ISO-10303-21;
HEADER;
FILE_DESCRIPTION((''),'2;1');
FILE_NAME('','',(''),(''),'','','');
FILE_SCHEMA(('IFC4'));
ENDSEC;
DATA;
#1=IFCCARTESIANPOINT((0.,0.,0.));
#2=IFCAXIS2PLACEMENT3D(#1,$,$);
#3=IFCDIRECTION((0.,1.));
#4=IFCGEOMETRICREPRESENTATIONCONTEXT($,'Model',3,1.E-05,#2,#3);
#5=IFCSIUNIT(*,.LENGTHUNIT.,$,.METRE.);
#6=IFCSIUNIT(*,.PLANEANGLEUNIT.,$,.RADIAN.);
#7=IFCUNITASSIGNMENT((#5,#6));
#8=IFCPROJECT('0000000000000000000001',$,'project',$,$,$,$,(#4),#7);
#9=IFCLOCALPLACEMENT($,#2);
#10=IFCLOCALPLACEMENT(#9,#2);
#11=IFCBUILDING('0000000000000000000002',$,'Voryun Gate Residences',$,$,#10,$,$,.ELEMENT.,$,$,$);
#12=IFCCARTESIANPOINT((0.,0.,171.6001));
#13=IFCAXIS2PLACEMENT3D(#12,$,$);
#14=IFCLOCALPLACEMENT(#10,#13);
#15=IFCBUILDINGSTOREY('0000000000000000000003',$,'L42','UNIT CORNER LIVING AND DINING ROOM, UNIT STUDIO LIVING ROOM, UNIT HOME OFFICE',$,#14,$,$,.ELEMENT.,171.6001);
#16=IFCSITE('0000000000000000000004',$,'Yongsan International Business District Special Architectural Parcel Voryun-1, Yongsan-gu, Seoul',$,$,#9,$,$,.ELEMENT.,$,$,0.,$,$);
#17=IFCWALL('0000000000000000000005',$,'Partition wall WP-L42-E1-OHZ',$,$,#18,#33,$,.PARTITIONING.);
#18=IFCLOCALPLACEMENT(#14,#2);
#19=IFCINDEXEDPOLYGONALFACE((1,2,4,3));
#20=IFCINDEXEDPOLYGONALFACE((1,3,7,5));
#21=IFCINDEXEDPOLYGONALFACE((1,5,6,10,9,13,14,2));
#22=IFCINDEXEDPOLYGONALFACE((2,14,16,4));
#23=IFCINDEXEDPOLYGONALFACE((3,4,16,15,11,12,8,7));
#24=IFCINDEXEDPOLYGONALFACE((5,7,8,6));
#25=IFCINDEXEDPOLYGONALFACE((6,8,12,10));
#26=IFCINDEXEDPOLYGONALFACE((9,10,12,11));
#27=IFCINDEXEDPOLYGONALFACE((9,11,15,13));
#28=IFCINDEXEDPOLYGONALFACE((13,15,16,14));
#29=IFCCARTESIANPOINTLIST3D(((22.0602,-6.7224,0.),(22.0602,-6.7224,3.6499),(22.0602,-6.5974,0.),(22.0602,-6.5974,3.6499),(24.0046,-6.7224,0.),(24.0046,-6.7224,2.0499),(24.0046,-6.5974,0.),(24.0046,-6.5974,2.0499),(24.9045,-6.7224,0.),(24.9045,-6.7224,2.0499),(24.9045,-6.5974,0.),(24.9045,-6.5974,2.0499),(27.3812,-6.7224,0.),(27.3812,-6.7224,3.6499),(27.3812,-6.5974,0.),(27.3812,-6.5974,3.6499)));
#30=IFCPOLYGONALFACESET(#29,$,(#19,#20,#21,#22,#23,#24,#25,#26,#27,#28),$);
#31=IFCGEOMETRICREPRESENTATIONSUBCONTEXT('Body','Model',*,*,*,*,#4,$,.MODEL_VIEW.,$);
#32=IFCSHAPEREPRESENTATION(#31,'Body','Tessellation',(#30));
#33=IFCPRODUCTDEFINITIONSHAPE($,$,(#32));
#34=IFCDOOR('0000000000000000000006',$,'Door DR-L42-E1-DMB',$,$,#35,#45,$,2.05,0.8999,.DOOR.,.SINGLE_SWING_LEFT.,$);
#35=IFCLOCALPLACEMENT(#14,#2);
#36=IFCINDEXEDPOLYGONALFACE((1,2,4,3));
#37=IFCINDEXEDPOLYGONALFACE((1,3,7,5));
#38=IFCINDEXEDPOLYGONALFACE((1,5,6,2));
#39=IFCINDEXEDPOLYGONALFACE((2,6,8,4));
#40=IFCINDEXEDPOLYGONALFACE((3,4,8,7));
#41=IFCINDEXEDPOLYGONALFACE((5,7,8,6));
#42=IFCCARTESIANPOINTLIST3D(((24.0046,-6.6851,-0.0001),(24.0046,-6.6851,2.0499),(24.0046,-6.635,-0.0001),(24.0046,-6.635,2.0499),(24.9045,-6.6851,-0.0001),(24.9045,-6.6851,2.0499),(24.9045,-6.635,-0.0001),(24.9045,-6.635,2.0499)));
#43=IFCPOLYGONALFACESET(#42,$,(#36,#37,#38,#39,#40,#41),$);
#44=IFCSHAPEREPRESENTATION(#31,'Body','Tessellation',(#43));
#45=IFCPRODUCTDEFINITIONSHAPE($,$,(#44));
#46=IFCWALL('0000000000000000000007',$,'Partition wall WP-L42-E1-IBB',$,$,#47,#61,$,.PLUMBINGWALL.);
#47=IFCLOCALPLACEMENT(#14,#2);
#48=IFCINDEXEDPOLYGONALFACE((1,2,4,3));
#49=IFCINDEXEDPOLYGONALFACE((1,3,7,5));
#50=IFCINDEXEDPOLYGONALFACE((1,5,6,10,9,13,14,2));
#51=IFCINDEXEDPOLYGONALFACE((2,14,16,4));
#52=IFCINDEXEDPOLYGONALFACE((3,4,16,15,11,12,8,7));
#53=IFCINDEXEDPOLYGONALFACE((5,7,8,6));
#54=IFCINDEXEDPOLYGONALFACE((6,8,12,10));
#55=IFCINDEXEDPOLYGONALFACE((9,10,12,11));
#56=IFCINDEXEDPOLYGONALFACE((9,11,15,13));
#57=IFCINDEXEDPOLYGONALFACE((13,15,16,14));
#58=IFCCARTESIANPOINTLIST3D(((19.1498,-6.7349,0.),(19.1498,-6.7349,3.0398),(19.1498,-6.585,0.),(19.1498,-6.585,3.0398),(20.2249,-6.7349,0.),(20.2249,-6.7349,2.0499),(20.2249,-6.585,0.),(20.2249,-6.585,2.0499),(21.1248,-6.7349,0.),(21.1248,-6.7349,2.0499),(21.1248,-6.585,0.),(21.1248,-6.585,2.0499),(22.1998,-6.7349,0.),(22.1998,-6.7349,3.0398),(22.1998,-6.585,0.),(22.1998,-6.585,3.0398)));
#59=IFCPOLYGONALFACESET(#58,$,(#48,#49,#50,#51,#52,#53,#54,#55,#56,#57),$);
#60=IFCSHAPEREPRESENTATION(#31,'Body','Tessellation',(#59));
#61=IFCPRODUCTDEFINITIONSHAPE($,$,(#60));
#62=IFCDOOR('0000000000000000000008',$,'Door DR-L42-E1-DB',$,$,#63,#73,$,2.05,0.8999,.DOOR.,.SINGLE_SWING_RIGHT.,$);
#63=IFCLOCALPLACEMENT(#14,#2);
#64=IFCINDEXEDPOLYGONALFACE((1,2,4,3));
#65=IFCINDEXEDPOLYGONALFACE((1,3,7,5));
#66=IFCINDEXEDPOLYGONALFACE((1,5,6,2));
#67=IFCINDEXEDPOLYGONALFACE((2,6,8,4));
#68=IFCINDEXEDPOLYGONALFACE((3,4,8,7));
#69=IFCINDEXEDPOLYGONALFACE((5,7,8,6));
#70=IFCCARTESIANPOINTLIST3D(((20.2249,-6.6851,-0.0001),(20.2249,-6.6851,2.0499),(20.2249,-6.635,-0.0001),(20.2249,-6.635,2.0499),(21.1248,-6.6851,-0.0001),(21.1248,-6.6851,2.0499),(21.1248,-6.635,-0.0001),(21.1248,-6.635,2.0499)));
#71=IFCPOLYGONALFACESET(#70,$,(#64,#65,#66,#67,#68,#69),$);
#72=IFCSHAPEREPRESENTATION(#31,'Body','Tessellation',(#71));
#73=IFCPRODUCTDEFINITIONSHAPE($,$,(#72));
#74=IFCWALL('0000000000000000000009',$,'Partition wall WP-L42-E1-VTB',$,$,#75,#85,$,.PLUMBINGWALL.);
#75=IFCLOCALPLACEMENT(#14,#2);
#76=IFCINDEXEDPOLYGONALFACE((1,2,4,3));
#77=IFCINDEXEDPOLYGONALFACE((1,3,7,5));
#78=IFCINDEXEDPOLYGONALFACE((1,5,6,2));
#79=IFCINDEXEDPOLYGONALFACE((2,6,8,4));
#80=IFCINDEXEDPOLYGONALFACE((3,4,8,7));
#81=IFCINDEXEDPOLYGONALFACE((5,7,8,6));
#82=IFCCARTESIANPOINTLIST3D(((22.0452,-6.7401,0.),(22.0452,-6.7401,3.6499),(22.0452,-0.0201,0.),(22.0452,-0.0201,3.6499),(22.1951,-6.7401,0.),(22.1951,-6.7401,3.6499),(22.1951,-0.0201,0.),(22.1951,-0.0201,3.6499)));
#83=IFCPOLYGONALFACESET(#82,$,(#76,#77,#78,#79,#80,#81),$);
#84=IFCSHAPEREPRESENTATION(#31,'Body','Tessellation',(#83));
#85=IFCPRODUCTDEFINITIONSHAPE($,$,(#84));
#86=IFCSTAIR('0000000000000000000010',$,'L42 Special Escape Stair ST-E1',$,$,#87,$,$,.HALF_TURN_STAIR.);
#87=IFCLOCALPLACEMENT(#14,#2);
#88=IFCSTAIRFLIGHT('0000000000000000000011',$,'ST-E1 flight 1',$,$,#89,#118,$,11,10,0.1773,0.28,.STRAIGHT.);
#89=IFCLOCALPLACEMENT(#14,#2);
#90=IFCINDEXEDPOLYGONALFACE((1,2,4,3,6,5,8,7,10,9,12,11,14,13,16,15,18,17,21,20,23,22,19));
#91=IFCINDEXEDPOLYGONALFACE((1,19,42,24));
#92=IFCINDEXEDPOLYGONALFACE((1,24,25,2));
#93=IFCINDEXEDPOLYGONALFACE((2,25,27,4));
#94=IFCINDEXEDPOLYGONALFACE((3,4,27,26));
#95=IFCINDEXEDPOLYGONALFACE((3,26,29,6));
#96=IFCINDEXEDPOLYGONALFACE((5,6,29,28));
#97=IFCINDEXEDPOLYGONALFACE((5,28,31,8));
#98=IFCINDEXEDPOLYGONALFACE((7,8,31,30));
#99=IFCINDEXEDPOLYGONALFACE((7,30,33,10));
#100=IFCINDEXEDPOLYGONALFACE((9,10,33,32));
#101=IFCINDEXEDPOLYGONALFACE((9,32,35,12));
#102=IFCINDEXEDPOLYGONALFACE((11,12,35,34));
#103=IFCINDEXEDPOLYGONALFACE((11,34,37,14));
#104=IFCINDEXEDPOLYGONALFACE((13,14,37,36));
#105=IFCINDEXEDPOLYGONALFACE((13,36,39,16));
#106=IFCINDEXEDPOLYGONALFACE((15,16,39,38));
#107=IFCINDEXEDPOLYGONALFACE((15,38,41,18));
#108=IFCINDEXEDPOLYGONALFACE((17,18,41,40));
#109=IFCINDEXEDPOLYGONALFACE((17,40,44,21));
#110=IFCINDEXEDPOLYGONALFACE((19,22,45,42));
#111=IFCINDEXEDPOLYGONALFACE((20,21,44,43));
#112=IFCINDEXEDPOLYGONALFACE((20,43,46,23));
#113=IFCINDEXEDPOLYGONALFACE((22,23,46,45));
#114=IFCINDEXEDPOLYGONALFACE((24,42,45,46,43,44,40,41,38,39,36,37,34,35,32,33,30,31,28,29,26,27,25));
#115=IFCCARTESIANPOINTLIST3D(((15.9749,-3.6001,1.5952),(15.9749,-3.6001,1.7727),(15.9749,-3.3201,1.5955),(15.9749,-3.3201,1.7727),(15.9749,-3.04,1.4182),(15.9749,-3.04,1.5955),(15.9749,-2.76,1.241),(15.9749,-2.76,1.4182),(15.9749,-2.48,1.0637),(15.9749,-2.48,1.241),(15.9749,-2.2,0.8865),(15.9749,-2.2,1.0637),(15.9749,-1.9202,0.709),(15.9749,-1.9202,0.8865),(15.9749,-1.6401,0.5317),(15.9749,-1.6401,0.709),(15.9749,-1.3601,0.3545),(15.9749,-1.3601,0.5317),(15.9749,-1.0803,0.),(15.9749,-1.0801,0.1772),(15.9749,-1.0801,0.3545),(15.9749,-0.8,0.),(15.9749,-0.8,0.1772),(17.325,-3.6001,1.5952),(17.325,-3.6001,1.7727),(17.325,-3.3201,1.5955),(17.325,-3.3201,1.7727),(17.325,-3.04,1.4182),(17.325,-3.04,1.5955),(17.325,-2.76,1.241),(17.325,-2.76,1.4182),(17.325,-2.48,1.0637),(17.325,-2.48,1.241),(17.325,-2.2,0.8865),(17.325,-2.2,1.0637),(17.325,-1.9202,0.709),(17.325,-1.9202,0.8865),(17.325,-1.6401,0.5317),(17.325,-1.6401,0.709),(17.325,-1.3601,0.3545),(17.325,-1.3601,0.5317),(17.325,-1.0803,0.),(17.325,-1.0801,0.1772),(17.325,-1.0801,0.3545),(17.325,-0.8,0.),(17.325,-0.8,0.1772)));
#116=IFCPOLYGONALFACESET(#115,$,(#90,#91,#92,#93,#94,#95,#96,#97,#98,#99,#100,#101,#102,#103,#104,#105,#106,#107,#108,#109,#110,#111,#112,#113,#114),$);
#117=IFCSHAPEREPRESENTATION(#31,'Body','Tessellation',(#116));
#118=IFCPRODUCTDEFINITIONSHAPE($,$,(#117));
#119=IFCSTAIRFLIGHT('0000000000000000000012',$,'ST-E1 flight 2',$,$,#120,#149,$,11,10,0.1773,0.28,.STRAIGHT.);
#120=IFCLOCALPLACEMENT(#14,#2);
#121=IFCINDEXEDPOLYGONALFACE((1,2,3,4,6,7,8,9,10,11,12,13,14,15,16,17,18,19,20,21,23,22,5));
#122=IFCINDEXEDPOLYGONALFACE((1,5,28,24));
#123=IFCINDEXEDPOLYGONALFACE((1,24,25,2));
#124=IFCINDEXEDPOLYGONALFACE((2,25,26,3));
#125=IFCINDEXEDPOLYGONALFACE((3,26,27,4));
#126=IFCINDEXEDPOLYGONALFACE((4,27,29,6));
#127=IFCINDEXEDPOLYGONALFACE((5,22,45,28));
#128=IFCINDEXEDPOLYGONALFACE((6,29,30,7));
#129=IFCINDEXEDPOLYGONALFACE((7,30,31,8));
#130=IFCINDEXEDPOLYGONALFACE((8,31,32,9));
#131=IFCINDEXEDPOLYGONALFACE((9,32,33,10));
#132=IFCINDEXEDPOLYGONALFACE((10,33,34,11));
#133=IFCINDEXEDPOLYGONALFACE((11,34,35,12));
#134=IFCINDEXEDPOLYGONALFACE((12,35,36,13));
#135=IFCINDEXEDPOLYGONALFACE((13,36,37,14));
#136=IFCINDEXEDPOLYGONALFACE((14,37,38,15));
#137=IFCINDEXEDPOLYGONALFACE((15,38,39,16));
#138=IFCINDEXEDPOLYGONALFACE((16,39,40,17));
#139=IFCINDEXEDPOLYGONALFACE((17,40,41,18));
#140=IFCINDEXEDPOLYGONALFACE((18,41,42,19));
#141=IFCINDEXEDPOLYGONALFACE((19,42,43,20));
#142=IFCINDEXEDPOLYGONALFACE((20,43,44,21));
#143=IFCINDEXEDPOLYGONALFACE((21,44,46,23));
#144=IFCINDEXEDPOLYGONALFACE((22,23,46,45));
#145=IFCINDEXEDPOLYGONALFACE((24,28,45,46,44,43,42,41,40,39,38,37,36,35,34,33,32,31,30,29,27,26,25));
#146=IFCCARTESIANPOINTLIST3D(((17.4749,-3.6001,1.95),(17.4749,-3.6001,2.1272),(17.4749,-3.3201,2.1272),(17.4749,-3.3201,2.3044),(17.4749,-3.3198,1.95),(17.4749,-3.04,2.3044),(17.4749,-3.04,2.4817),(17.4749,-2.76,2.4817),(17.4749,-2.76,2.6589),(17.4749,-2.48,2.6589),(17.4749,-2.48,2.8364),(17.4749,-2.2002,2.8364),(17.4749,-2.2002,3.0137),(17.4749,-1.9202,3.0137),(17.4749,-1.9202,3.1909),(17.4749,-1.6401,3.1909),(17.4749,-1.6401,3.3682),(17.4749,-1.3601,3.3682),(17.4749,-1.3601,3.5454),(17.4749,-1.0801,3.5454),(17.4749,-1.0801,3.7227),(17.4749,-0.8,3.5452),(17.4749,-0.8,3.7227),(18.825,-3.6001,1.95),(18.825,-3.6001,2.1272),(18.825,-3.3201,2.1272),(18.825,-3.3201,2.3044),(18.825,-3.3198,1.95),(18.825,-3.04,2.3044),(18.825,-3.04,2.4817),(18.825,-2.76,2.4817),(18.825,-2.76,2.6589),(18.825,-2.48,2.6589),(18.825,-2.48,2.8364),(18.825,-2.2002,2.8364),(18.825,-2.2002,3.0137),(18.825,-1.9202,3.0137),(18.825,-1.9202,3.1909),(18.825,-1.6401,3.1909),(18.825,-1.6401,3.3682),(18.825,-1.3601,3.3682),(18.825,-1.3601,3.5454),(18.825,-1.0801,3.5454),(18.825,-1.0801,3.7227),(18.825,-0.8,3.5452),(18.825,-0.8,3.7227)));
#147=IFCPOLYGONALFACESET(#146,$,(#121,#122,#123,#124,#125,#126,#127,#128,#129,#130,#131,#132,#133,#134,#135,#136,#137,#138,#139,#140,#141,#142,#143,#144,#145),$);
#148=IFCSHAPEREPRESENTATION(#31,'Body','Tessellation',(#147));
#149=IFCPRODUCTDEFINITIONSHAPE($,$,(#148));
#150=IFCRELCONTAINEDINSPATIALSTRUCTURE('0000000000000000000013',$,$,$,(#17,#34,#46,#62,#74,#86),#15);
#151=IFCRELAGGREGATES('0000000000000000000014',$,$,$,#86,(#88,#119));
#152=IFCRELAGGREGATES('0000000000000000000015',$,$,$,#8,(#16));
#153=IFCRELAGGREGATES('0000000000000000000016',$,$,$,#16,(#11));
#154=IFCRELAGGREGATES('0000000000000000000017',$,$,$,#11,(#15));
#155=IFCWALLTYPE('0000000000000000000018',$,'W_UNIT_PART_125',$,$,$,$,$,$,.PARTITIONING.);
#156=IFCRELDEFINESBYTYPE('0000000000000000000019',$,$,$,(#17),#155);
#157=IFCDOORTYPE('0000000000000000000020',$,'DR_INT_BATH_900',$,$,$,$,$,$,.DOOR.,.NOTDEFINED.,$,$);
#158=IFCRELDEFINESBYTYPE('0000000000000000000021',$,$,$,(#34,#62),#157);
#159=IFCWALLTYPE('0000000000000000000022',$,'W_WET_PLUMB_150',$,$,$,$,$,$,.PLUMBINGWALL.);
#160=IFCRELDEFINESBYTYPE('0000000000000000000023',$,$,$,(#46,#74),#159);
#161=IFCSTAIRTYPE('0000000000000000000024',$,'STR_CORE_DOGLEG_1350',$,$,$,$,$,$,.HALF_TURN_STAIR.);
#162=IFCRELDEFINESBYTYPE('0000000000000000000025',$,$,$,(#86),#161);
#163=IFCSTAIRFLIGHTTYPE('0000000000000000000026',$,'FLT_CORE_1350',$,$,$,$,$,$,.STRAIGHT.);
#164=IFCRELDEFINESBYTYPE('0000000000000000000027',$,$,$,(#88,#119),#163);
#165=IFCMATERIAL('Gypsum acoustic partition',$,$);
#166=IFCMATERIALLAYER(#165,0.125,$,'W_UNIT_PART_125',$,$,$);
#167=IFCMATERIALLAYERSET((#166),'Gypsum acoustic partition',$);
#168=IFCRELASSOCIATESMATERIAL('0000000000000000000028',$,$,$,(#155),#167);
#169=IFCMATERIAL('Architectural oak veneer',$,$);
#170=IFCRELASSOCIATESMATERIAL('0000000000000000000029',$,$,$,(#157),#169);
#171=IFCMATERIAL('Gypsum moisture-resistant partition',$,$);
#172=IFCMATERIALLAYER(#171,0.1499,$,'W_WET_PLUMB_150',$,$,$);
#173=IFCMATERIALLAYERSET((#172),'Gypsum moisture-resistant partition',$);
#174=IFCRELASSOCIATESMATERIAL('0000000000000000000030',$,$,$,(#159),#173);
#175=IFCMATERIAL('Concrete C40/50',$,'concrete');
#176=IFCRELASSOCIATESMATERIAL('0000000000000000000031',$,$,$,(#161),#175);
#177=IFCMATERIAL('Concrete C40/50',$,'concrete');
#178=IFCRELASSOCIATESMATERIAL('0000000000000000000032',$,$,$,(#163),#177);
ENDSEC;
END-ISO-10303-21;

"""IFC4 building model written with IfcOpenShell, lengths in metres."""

from ifc_helpers import new_model, si_unit, direction, frame, frame_2d, origin, place, context, subcontext, project, spatial, polyline, rectangle, outline, extrude, material, layer, layer_set, type_object, element, fill, aggregate, save


model = new_model("IFC4")

# Units and contexts
model_context = context("Model", 3, precision=1e-05, world=origin(), true_north=direction((0.0, 1.0)))
body_context = subcontext(model_context, "Body", "Model", "MODEL_VIEW")
ifc_project = project(units=[si_unit("LENGTHUNIT", "METRE"), si_unit("PLANEANGLEUNIT", "RADIAN")], contexts=[model_context])

# Site, building, storey
site_placement = place(None, origin())
site = spatial("IfcSite", under=ifc_project, at=site_placement, Name="Yongsan International Business District Special Architectural Parcel Voryun-1, Yongsan-gu, Seoul", CompositionType="ELEMENT", RefElevation=0.0)
building_placement = place(site_placement, origin())
building = spatial("IfcBuilding", under=site, at=building_placement, Name="Voryun Gate Residences", CompositionType="ELEMENT")
storey_placement = place(building_placement, frame((0.0, 0.0, 171.6001)))
storey = spatial("IfcBuildingStorey", under=building, at=storey_placement, Name="L42", Description="UNIT CORNER LIVING AND DINING ROOM, UNIT STUDIO LIVING ROOM, UNIT HOME OFFICE", CompositionType="ELEMENT", Elevation=171.6001)

# Walls, openings, doors
ifc_material_1 = material(Name="Gypsum acoustic partition")
ifc_layer_1 = layer(ifc_material_1, 0.125, Name="W_UNIT_PART_125")
ifc_layer_set_1 = layer_set([ifc_layer_1], Name="Gypsum acoustic partition")
wall_type_1 = type_object("IfcWallType", Name="W_UNIT_PART_125", PredefinedType="PARTITIONING", material=ifc_layer_set_1)
wall_1_placement = place(storey_placement, frame((22.0601, -6.6599, 0.0), z_axis=(0.0, 0.0, 1.0), x_axis=(1.0, 0.0, 0.0)))
wall_1 = element("IfcWall", 1, at=wall_1_placement, inside=storey, type_object=wall_type_1, Name="Partition wall WP-L42-E1-OHZ", PredefinedType="PARTITIONING", context=body_context, shape_type="SweptSolid", body=[
    extrude(rectangle(XDim=5.321, YDim=0.125, at=frame_2d((2.6606, 0.0))), origin(), (0.0, 0.0, 1.0), 3.6499),
])
opening_1_placement = place(wall_1_placement, frame((1.9446, 0.0, 0.0)))
opening_1 = element("IfcOpeningElement", 2, at=opening_1_placement, cuts=wall_1, PredefinedType="OPENING", context=body_context, shape_type="SweptSolid", body=[
    extrude(rectangle(XDim=0.8999, YDim=2.05, at=frame_2d((0.45, 1.0249))), frame((0.0, 0.0725, 0.0), z_axis=(0.0, -1.0, 0.0), x_axis=(1.0, 0.0, 0.0)), (0.0, 0.0, 1.0), 0.145),
])
ifc_material_2 = material(Name="Architectural oak veneer")
door_type = type_object("IfcDoorType", Name="DR_INT_BATH_900", OperationType="NOTDEFINED", PredefinedType="DOOR", material=ifc_material_2)
door_1_placement = place(opening_1_placement, origin())
door_1 = element("IfcDoor", 3, at=door_1_placement, inside=storey, type_object=door_type, Name="Door DR-L42-E1-DMB", OperationType="SINGLE_SWING_LEFT", OverallHeight=2.05, OverallWidth=0.8999, PredefinedType="DOOR", context=body_context, shape_type="SweptSolid", body=[
    extrude(rectangle(XDim=0.8999, YDim=2.05, at=frame_2d((0.45, 1.0249))), frame((0.0, 0.0249, 0.0), z_axis=(0.0, -1.0, 0.0), x_axis=(1.0, 0.0, 0.0)), (0.0, 0.0, 1.0), 0.05),
])
fill(opening_1, door_1)
ifc_material_3 = material(Name="Gypsum moisture-resistant partition")
ifc_layer_2 = layer(ifc_material_3, 0.1499, Name="W_WET_PLUMB_150")
ifc_layer_set_2 = layer_set([ifc_layer_2], Name="Gypsum moisture-resistant partition")
wall_type_2 = type_object("IfcWallType", Name="W_WET_PLUMB_150", PredefinedType="PLUMBINGWALL", material=ifc_layer_set_2)
wall_2_placement = place(storey_placement, frame((19.1499, -6.6599, 0.0), z_axis=(0.0, 0.0, 1.0), x_axis=(1.0, 0.0, 0.0)))
wall_2 = element("IfcWall", 4, at=wall_2_placement, inside=storey, type_object=wall_type_2, Name="Partition wall WP-L42-E1-IBB", PredefinedType="PLUMBINGWALL", context=body_context, shape_type="SweptSolid", body=[
    extrude(rectangle(XDim=3.05, YDim=0.1499, at=frame_2d((1.5249, 0.0))), origin(), (0.0, 0.0, 1.0), 3.0398),
])
opening_2_placement = place(wall_2_placement, frame((1.075, 0.0, 0.0)))
opening_2 = element("IfcOpeningElement", 5, at=opening_2_placement, cuts=wall_2, PredefinedType="OPENING", context=body_context, shape_type="SweptSolid", body=[
    extrude(rectangle(XDim=0.8999, YDim=2.05, at=frame_2d((0.45, 1.0249))), frame((0.0, 0.085, 0.0), z_axis=(0.0, -1.0, 0.0), x_axis=(1.0, 0.0, 0.0)), (0.0, 0.0, 1.0), 0.1699),
])
door_2_placement = place(opening_2_placement, origin())
door_2 = element("IfcDoor", 6, at=door_2_placement, inside=storey, type_object=door_type, Name="Door DR-L42-E1-DB", OperationType="SINGLE_SWING_RIGHT", OverallHeight=2.05, OverallWidth=0.8999, PredefinedType="DOOR", context=body_context, shape_type="SweptSolid", body=[
    extrude(rectangle(XDim=0.8999, YDim=2.05, at=frame_2d((0.45, 1.0249))), frame((0.0, 0.0249, 0.0), z_axis=(0.0, -1.0, 0.0), x_axis=(1.0, 0.0, 0.0)), (0.0, 0.0, 1.0), 0.05),
])
fill(opening_2, door_2)

# Wall
wall_3_placement = place(storey_placement, frame((22.1201, -6.74, 0.0), z_axis=(0.0, 0.0, 1.0), x_axis=(0.0, 1.0, 0.0)))
element("IfcWall", 7, at=wall_3_placement, inside=storey, type_object=wall_type_2, Name="Partition wall WP-L42-E1-VTB", PredefinedType="PLUMBINGWALL", context=body_context, shape_type="SweptSolid", body=[
    extrude(rectangle(XDim=6.72, YDim=0.1499, at=frame_2d((3.3599, 0.0))), origin(), (0.0, 0.0, 1.0), 3.6499),
])

# Stair, stair flights
ifc_material_4 = material(Name="Concrete C40/50", Category="concrete")
stair_type = type_object("IfcStairType", Name="STR_CORE_DOGLEG_1350", PredefinedType="HALF_TURN_STAIR", material=ifc_material_4)
stair_placement = place(storey_placement, origin())
stair = element("IfcStair", 8, at=stair_placement, inside=storey, type_object=stair_type, Name="L42 Special Escape Stair ST-E1", PredefinedType="HALF_TURN_STAIR")
ifc_material_5 = material(Name="Concrete C40/50", Category="concrete")
stair_flight_type = type_object("IfcStairFlightType", Name="FLT_CORE_1350", PredefinedType="STRAIGHT", material=ifc_material_5)
stair_flight_1_placement = place(storey_placement, frame((16.6499, -0.8, 0.0), z_axis=(0.0, 0.0, 1.0), x_axis=(0.0, -1.0, 0.0)))
stair_flight_1 = element("IfcStairFlight", 9, at=stair_flight_1_placement, type_object=stair_flight_type, Name="ST-E1 flight 1", NumberOfRisers=11, NumberOfTreads=10, PredefinedType="STRAIGHT", RiserHeight=0.1773, TreadLength=0.28, context=body_context, shape_type="SweptSolid", body=[
    extrude(outline(polyline([(0.0, 0.0), (0.0, 0.1772), (0.28, 0.1772), (0.28, 0.3545), (0.5601, 0.3545), (0.5601, 0.5317), (0.8401, 0.5317), (0.8401, 0.709), (1.1201, 0.709), (1.1201, 0.8865), (1.3999, 0.8865), (1.3999, 1.0637), (1.6799, 1.0637), (1.6799, 1.241), (1.96, 1.241), (1.96, 1.4182), (2.24, 1.4182), (2.24, 1.5955), (2.52, 1.5955), (2.52, 1.7727), (2.8, 1.7727), (2.8, 1.95), (2.8, 1.5952), (0.2803, 0.0), (0.0, 0.0)])), frame((0.0, 0.675, 0.0), z_axis=(0.0, -1.0, 0.0), x_axis=(1.0, 0.0, 0.0)), (0.0, 0.0, 1.0), 1.3501),
])
stair_flight_2_placement = place(storey_placement, frame((18.1499, -3.6001, 1.95), z_axis=(0.0, 0.0, 1.0), x_axis=(0.0, 1.0, 0.0)))
stair_flight_2 = element("IfcStairFlight", 10, at=stair_flight_2_placement, type_object=stair_flight_type, Name="ST-E1 flight 2", NumberOfRisers=11, NumberOfTreads=10, PredefinedType="STRAIGHT", RiserHeight=0.1773, TreadLength=0.28, context=body_context, shape_type="SweptSolid", body=[
    extrude(outline(polyline([(0.0, 0.0), (0.0, 0.1772), (0.28, 0.1772), (0.28, 0.3545), (0.5601, 0.3545), (0.5601, 0.5317), (0.8401, 0.5317), (0.8401, 0.709), (1.1201, 0.709), (1.1201, 0.8865), (1.3999, 0.8865), (1.3999, 1.0637), (1.6799, 1.0637), (1.6799, 1.241), (1.96, 1.241), (1.96, 1.4182), (2.24, 1.4182), (2.24, 1.5955), (2.52, 1.5955), (2.52, 1.7727), (2.8, 1.7727), (2.8, 1.95), (2.8, 1.5952), (0.2803, 0.0), (0.0, 0.0)])), frame((0.0, 0.675, 0.0), z_axis=(0.0, -1.0, 0.0), x_axis=(1.0, 0.0, 0.0)), (0.0, 0.0, 1.0), 1.3501),
])
aggregate(stair, [stair_flight_1, stair_flight_2])

save(model, "model.ifc")
